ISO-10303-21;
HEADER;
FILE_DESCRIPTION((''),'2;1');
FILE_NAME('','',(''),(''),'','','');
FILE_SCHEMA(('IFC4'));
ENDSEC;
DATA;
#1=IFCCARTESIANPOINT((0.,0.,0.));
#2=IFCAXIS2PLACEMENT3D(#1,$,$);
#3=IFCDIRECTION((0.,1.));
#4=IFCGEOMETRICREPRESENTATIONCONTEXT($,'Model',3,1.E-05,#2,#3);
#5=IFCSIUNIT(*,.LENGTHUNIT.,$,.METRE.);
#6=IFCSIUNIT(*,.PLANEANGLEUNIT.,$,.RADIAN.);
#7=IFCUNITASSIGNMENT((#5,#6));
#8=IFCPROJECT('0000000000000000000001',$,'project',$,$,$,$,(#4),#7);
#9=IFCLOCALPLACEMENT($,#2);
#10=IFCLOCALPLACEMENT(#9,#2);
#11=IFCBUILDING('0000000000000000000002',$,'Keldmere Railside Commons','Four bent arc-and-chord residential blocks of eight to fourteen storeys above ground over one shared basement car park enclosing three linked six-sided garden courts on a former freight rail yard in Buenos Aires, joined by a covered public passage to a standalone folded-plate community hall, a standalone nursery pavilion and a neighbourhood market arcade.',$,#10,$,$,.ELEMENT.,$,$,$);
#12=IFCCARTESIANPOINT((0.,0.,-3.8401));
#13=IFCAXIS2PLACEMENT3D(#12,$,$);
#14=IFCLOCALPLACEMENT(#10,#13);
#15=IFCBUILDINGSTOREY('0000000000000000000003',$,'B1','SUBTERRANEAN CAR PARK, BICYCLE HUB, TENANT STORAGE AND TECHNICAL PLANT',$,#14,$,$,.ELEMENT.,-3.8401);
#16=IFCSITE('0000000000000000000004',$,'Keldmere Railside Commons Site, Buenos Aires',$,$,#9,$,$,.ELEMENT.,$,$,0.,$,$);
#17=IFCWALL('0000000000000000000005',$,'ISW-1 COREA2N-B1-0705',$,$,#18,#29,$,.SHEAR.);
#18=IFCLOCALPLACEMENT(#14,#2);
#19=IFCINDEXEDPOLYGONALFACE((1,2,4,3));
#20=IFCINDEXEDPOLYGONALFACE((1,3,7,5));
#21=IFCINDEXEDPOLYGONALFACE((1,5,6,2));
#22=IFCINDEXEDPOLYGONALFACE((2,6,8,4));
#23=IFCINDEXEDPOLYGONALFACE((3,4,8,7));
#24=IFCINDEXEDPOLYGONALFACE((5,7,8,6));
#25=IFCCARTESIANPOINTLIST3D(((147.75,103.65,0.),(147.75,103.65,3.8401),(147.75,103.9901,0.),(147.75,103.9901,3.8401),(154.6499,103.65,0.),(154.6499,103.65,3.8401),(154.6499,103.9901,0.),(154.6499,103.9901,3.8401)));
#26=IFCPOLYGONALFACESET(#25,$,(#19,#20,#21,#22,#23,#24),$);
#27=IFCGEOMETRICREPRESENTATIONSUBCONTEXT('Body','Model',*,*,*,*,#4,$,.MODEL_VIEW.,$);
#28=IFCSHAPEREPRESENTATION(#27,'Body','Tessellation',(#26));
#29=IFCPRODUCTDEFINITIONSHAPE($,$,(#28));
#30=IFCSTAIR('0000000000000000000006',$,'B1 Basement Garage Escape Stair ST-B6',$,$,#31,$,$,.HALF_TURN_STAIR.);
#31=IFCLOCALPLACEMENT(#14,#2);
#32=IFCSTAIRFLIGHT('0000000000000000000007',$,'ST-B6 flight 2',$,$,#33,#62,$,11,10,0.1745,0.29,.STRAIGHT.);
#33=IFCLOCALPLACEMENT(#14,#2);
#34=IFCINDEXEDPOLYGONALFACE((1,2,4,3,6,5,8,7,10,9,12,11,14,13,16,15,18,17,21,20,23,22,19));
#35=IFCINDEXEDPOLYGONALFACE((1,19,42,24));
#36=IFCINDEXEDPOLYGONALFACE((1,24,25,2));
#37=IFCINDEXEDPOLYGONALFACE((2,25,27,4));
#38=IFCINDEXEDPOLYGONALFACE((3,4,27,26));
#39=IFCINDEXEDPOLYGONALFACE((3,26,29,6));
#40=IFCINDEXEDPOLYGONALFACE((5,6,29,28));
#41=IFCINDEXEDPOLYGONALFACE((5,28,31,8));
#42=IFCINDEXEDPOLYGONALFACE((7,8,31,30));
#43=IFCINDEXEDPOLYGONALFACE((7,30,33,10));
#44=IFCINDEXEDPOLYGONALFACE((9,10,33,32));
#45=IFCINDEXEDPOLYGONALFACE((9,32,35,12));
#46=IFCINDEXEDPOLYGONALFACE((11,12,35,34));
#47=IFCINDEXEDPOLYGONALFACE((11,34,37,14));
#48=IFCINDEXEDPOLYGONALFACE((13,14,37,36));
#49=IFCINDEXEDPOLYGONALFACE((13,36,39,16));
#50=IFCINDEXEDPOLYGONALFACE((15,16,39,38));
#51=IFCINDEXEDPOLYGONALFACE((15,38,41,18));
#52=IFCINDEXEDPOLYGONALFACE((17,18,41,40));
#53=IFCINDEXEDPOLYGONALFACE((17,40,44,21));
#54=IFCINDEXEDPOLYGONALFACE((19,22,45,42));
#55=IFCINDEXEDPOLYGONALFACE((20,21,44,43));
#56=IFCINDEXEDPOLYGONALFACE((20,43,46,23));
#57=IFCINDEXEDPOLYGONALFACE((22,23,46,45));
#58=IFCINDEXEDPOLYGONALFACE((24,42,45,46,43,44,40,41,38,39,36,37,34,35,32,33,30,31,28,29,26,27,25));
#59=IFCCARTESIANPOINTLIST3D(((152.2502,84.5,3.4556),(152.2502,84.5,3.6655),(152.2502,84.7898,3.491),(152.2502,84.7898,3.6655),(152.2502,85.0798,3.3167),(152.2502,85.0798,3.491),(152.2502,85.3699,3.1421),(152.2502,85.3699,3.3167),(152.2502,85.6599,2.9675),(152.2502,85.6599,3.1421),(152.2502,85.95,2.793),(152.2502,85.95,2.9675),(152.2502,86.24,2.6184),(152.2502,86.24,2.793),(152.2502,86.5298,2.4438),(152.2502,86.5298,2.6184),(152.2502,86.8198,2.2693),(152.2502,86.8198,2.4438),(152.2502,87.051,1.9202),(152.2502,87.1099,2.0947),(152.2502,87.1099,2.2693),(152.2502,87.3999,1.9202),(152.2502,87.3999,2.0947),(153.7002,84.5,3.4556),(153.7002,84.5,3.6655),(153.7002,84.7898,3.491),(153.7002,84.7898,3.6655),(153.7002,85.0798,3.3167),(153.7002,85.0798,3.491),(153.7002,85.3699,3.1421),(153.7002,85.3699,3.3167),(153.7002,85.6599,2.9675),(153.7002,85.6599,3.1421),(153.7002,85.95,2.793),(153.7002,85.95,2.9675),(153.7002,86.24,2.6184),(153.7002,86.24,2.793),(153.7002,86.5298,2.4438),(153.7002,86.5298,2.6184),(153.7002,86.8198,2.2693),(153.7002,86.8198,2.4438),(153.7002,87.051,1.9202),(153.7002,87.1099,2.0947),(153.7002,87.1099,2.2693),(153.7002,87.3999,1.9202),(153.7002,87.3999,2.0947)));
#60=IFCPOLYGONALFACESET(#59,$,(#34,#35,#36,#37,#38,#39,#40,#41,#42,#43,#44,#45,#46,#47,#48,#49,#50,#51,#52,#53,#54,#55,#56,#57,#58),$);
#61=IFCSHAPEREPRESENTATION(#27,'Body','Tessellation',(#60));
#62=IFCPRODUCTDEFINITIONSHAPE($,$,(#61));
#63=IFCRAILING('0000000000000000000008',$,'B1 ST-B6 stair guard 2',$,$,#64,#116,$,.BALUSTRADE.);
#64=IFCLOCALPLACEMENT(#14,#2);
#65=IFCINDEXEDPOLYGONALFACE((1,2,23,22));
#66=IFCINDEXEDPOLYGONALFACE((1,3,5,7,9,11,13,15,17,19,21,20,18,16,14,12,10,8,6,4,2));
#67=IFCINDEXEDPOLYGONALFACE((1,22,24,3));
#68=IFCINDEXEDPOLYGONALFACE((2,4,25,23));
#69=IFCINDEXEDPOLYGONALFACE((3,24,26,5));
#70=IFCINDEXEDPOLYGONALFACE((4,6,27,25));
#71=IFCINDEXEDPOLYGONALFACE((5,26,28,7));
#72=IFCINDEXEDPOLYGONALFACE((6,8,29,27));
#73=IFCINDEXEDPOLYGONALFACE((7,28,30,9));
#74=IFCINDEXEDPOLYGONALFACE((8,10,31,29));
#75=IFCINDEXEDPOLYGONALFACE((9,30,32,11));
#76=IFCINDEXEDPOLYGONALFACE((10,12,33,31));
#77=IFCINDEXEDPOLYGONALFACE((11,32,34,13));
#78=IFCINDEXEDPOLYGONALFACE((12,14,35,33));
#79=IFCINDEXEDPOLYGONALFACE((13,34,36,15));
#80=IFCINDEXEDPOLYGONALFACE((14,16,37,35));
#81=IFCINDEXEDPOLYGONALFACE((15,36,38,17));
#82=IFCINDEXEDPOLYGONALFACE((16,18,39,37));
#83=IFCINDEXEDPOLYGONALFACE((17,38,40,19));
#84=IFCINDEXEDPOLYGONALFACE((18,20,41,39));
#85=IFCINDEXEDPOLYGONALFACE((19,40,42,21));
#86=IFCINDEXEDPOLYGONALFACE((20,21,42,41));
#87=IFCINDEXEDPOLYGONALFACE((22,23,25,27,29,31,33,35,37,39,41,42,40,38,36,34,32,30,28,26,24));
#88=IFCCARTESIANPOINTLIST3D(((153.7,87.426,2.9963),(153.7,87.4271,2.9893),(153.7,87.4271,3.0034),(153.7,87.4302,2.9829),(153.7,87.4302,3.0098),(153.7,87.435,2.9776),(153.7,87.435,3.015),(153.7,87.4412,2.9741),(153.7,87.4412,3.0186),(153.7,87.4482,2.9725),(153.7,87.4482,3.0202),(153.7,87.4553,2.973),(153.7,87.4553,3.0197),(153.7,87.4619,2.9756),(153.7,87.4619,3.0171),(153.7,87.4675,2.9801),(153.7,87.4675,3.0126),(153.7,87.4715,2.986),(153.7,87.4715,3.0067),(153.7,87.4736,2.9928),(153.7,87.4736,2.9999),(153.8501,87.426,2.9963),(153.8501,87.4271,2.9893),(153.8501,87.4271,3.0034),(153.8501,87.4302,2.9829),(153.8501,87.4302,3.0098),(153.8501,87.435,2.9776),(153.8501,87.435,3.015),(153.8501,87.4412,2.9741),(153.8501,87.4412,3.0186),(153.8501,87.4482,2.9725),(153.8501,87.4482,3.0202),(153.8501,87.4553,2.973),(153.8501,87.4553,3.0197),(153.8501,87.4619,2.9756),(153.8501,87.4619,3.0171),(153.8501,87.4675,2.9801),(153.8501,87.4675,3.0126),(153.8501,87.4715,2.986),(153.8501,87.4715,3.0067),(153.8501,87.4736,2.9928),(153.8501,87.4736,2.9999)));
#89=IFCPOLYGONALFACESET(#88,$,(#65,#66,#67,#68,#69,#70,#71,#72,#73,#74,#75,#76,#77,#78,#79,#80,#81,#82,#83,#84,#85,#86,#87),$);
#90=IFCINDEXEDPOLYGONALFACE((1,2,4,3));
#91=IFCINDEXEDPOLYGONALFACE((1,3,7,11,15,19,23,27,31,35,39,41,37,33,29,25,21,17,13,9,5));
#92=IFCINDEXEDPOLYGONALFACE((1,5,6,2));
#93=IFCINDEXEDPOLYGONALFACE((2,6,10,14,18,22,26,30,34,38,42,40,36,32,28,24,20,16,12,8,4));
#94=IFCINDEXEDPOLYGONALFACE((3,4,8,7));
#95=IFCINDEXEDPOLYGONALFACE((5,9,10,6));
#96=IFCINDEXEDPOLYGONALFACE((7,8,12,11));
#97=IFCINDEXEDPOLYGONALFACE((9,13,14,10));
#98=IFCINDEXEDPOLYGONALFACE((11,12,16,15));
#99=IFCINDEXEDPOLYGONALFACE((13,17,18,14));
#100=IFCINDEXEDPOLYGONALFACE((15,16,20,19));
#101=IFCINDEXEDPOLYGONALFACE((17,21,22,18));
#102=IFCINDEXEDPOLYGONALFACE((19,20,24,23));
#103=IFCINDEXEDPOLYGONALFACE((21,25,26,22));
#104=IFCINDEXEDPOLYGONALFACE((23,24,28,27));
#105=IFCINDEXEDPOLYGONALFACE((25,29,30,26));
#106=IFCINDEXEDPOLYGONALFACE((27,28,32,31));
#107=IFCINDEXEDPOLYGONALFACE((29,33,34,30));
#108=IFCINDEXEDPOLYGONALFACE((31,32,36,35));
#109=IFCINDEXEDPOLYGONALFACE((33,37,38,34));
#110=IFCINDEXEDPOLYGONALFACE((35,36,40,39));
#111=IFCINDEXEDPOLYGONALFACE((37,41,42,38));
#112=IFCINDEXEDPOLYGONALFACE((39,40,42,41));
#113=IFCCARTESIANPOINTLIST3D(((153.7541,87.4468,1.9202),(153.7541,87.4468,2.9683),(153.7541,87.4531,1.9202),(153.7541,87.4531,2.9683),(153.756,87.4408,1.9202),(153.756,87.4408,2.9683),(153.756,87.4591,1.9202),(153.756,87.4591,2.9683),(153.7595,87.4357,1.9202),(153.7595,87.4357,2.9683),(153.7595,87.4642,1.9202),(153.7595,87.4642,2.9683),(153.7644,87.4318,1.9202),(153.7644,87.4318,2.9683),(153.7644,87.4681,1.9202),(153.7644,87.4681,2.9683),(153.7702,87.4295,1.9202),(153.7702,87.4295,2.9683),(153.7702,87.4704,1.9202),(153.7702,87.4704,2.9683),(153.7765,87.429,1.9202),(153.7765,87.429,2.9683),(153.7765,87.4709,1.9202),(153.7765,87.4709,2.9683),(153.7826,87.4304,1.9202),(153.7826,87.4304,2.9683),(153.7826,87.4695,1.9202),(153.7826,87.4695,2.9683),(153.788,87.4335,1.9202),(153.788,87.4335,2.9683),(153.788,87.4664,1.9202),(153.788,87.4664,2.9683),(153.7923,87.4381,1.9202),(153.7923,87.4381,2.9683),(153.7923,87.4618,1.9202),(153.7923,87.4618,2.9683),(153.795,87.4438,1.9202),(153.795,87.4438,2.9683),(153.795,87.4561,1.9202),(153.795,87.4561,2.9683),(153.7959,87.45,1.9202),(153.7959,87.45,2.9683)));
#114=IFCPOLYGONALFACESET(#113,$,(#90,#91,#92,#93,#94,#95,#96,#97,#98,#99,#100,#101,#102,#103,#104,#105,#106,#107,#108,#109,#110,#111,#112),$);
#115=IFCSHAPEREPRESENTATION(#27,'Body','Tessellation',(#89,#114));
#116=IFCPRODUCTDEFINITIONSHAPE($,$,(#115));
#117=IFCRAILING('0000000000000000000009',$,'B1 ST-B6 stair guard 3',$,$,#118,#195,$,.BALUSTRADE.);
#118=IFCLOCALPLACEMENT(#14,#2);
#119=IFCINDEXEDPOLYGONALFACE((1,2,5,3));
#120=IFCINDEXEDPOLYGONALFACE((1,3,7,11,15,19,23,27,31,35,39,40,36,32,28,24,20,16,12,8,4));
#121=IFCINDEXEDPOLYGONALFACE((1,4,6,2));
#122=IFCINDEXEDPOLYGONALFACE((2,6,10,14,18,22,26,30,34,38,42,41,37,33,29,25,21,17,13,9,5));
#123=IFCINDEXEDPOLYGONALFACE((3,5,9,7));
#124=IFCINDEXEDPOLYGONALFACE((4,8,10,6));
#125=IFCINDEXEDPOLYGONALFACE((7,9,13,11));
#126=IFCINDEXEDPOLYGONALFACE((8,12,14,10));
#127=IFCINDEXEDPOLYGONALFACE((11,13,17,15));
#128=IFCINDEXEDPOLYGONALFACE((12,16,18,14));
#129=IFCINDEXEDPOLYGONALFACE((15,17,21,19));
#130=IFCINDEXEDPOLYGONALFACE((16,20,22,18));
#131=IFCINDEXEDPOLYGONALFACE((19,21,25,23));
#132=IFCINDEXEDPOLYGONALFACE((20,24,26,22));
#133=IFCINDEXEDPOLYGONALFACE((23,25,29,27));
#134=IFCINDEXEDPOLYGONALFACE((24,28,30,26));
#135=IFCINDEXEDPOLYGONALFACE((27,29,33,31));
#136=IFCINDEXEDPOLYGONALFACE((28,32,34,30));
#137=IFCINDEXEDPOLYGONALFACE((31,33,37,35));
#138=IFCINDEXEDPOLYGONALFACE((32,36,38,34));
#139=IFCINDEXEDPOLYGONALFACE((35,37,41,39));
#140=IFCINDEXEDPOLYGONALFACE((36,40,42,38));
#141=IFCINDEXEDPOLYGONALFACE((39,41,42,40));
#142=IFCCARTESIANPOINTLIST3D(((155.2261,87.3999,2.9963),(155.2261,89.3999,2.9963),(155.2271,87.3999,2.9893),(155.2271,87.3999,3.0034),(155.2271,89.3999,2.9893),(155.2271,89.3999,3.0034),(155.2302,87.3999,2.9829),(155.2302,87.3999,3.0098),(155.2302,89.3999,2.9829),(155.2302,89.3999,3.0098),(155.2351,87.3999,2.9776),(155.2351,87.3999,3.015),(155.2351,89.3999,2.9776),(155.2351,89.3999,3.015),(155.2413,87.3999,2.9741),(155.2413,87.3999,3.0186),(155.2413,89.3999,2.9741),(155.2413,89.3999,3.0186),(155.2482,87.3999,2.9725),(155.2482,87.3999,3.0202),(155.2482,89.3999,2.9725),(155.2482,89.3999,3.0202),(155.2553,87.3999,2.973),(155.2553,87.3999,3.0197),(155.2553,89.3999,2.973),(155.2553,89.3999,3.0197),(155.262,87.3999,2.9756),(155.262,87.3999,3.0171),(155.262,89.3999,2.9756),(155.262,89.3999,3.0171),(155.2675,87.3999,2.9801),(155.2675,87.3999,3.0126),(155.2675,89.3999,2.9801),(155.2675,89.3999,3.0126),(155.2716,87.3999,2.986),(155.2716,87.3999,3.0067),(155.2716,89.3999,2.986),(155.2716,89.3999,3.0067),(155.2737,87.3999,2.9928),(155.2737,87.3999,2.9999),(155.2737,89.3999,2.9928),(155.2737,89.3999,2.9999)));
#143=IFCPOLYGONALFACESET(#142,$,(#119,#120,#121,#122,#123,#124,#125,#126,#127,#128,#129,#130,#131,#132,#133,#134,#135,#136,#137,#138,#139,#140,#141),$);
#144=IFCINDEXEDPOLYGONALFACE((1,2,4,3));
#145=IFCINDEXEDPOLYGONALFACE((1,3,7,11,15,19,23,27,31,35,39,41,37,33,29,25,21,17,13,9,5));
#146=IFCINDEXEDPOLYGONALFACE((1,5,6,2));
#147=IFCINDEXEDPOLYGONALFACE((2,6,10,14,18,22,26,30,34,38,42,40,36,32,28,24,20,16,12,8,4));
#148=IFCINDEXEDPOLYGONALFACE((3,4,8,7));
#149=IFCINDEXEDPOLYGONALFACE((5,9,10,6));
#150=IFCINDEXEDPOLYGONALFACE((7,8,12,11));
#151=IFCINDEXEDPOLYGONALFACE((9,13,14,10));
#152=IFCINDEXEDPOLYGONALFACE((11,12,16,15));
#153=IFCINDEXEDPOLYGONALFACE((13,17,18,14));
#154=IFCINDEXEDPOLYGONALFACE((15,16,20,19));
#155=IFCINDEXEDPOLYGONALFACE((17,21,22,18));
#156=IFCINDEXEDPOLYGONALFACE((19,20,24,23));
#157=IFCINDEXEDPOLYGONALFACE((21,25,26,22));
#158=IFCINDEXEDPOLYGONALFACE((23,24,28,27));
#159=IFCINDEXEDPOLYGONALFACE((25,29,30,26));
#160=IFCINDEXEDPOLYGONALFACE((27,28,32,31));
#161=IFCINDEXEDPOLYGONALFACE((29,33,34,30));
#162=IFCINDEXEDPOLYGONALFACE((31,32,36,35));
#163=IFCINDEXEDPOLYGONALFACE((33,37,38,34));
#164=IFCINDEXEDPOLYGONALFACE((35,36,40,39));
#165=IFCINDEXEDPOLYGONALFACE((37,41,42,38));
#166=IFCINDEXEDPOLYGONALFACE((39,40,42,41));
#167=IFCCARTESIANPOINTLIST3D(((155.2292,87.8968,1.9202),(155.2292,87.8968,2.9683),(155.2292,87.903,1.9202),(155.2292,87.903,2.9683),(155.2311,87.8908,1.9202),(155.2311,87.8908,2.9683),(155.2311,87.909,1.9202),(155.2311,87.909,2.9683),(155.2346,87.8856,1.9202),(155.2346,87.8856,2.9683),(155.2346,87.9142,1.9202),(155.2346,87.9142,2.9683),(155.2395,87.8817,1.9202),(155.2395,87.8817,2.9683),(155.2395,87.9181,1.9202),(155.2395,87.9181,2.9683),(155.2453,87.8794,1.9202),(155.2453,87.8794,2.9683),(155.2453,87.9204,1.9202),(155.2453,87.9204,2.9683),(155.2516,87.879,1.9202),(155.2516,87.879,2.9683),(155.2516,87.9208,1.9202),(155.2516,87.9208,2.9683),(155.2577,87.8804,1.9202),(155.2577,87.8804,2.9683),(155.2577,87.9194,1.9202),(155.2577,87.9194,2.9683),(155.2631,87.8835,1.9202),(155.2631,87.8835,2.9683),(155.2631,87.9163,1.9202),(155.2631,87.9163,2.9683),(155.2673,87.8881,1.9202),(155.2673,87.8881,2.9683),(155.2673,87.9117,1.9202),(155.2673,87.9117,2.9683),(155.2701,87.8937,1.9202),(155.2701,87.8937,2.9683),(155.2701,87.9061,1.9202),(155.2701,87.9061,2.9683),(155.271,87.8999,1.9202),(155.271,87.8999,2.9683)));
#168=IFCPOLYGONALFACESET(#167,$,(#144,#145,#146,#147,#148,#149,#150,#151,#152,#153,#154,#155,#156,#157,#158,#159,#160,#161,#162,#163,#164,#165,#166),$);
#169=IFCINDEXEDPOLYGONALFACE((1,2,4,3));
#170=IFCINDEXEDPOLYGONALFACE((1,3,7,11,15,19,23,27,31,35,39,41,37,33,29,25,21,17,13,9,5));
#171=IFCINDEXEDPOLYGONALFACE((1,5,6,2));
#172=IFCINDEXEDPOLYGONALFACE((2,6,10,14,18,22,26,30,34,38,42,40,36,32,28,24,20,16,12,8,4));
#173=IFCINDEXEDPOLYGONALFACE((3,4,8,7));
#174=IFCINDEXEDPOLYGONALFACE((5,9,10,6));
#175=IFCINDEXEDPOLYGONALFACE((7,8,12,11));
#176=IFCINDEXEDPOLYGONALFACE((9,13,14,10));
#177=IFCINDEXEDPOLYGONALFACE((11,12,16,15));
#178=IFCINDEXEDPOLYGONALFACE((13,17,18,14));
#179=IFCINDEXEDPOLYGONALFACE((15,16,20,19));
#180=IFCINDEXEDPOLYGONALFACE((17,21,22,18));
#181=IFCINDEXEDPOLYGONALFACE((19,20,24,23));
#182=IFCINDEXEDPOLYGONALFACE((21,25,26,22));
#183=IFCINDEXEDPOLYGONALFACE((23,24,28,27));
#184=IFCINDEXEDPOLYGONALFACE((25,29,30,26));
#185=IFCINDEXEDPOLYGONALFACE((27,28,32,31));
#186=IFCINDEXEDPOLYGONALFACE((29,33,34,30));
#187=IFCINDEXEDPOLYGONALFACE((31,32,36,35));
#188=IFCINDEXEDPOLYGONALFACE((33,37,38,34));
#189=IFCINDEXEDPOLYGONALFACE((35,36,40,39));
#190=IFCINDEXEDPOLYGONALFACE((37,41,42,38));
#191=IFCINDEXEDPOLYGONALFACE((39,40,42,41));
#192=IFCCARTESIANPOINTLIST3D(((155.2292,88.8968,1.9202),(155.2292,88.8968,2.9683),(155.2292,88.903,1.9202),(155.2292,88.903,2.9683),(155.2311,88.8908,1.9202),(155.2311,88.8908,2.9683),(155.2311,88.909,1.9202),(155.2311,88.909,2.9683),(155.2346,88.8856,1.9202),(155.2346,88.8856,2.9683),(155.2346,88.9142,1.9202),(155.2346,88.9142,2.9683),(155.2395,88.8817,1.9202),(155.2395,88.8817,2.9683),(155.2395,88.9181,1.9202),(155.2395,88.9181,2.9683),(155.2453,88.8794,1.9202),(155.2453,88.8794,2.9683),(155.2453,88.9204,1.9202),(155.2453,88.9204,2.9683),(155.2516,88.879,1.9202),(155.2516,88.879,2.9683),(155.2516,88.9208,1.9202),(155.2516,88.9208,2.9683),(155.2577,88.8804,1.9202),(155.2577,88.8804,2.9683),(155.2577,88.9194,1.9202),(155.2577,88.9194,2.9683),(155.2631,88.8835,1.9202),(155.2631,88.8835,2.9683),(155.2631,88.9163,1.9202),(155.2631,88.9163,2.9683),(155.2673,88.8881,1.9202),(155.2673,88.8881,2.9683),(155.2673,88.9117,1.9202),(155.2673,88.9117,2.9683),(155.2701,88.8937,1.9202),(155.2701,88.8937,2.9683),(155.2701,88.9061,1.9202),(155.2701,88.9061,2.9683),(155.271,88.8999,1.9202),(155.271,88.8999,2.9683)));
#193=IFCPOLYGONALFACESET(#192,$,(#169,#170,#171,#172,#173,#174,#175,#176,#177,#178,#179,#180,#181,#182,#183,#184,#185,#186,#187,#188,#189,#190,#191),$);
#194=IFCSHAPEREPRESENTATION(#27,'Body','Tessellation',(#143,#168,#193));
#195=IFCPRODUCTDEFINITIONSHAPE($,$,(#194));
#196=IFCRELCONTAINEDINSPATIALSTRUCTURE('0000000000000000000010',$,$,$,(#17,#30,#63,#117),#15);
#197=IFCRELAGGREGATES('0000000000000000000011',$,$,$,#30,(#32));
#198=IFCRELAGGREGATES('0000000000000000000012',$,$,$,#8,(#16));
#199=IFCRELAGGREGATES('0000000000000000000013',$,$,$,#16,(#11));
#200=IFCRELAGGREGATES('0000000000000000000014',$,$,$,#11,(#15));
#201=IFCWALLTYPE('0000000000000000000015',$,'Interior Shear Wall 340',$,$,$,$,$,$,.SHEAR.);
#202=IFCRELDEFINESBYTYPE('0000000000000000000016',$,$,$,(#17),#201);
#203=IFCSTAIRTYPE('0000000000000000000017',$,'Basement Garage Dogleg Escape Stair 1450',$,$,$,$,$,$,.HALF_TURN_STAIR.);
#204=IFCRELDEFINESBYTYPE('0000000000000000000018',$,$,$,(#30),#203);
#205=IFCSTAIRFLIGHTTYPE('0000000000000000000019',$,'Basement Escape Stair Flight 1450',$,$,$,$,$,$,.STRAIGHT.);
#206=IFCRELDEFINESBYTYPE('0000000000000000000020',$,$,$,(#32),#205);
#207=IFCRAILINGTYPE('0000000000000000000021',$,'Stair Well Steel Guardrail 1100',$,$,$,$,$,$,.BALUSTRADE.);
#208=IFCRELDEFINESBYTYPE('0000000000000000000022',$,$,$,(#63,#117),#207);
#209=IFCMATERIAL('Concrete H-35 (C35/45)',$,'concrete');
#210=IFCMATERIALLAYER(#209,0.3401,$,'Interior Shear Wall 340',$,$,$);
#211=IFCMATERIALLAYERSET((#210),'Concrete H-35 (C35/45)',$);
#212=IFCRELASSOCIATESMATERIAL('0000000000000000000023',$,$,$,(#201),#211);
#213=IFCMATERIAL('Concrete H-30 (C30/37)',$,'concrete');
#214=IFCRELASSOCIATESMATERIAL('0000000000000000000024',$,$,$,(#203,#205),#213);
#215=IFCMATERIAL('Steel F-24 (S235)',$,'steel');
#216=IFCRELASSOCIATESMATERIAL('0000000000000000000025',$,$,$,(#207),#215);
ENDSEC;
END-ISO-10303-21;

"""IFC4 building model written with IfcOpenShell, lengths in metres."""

from ifc_helpers import new_model, si_unit, direction, frame, frame_2d, origin, origin_2d, place, context, subcontext, project, spatial, polyline, rectangle, circle, outline, extrude, material, layer, layer_set, type_object, element, aggregate, save


model = new_model("IFC4")

# Units and contexts
model_context = context("Model", 3, precision=1e-05, world=origin(), true_north=direction((0.0, 1.0)))
body_context = subcontext(model_context, "Body", "Model", "MODEL_VIEW")
ifc_project = project(units=[si_unit("LENGTHUNIT", "METRE"), si_unit("PLANEANGLEUNIT", "RADIAN")], contexts=[model_context])

# Site, building, storey
site_placement = place(None, origin())
site = spatial("IfcSite", under=ifc_project, at=site_placement, Name="Keldmere Railside Commons Site, Buenos Aires", CompositionType="ELEMENT", RefElevation=0.0)
building_placement = place(site_placement, origin())
building = spatial("IfcBuilding", under=site, at=building_placement, Name="Keldmere Railside Commons", Description="Four bent arc-and-chord residential blocks of eight to fourteen storeys above ground over one shared basement car park enclosing three linked six-sided garden courts on a former freight rail yard in Buenos Aires, joined by a covered public passage to a standalone folded-plate community hall, a standalone nursery pavilion and a neighbourhood market arcade.", CompositionType="ELEMENT")
storey_placement = place(building_placement, frame((0.0, 0.0, -3.8401)))
storey = spatial("IfcBuildingStorey", under=building, at=storey_placement, Name="B1", Description="SUBTERRANEAN CAR PARK, BICYCLE HUB, TENANT STORAGE AND TECHNICAL PLANT", CompositionType="ELEMENT", Elevation=-3.8401)

# Shared definitions
ifc_material_1 = material(Name="Concrete H-30 (C30/37)", Category="concrete")

# Wall
ifc_material_2 = material(Name="Concrete H-35 (C35/45)", Category="concrete")
ifc_layer_1 = layer(ifc_material_2, 0.3401, Name="Interior Shear Wall 340")
ifc_layer_set_1 = layer_set([ifc_layer_1], Name="Concrete H-35 (C35/45)")
wall_type_1 = type_object("IfcWallType", Name="Interior Shear Wall 340", PredefinedType="SHEAR", material=ifc_layer_set_1)
for number, where, z_axis, x_axis, name in (
    (1, (154.6499, 103.8201, 0.0), (0.0, 0.0, 1.0), (-1.0, 0.0, 0.0), "ISW-1 COREA2N-B1-0705"),
):
    element("IfcWall", number, at=place(storey_placement, frame(where, z_axis=z_axis, x_axis=x_axis)), inside=storey, type_object=wall_type_1, Name=name, PredefinedType="SHEAR", context=body_context, shape_type="SweptSolid", body=[
        extrude(rectangle(XDim=6.8999, YDim=0.3401, at=frame_2d((3.45, 0.0))), origin(), (0.0, 0.0, 1.0), 3.8401),
    ])

# Stair, stair flight
stair_type = type_object("IfcStairType", Name="Basement Garage Dogleg Escape Stair 1450", PredefinedType="HALF_TURN_STAIR", material=ifc_material_1)
stair_placement = place(storey_placement, origin())
stair = element("IfcStair", 2, at=stair_placement, inside=storey, type_object=stair_type, Name="B1 Basement Garage Escape Stair ST-B6", PredefinedType="HALF_TURN_STAIR")
stair_flight_type = type_object("IfcStairFlightType", Name="Basement Escape Stair Flight 1450", PredefinedType="STRAIGHT", material=ifc_material_1)
stair_flight_placement = place(storey_placement, frame((152.9751, 87.3999, 1.9202), z_axis=(0.0, 0.0, 1.0), x_axis=(0.0, -1.0, 0.0)))
stair_flight = element("IfcStairFlight", 3, at=stair_flight_placement, type_object=stair_flight_type, Name="ST-B6 flight 2", NumberOfRisers=11, NumberOfTreads=10, PredefinedType="STRAIGHT", RiserHeight=0.1745, TreadLength=0.29, context=body_context, shape_type="SweptSolid", body=[
    extrude(outline(polyline([(0.0, 0.0), (0.0, 0.1746), (0.29, 0.1746), (0.29, 0.3491), (0.5801, 0.3491), (0.5801, 0.5237), (0.8701, 0.5237), (0.8701, 0.6982), (1.1599, 0.6982), (1.1599, 0.8728), (1.45, 0.8728), (1.45, 1.0474), (1.74, 1.0474), (1.74, 1.2219), (2.03, 1.2219), (2.03, 1.3965), (2.3201, 1.3965), (2.3201, 1.5708), (2.6101, 1.5708), (2.6101, 1.7454), (2.8999, 1.7454), (2.8999, 1.9199), (2.8999, 1.5354), (0.3489, 0.0), (0.0, 0.0)])), frame((0.0, 0.7251, 0.0), z_axis=(0.0, -1.0, 0.0), x_axis=(1.0, 0.0, 0.0)), (0.0, 0.0, 1.0), 1.45),
])
aggregate(stair, [stair_flight])

# Railings
ifc_material_3 = material(Name="Steel F-24 (S235)", Category="steel")
railing_type_1 = type_object("IfcRailingType", Name="Stair Well Steel Guardrail 1100", PredefinedType="BALUSTRADE", material=ifc_material_3)
railing_1_placement = place(storey_placement, frame((153.8501, 87.45, 1.9202)))
element("IfcRailing", 4, at=railing_1_placement, inside=storey, type_object=railing_type_1, Name="B1 ST-B6 stair guard 2", PredefinedType="BALUSTRADE", context=body_context, shape_type="SweptSolid", body=[
    extrude(circle(Radius=0.0239, at=origin_2d()), frame((0.0, 0.0, 1.0762), z_axis=(-1.0, 0.0, 0.0), x_axis=(0.0, -1.0, 0.0)), (0.0, 0.0, 1.0), 0.1501),
    extrude(circle(Radius=0.021, at=origin_2d()), frame((-0.0752, 0.0, 0.0)), (0.0, 0.0, 1.0), 1.0481),
])
for number, where, name in (
    (5, (155.25, 87.3999, 1.9202), "B1 ST-B6 stair guard 3"),
):
    element("IfcRailing", number, at=place(storey_placement, frame(where)), inside=storey, type_object=railing_type_1, Name=name, PredefinedType="BALUSTRADE", context=body_context, shape_type="SweptSolid", body=[
        extrude(circle(Radius=0.0239, at=origin_2d()), frame((0.0, 0.0, 1.0762), z_axis=(0.0, 1.0, 0.0), x_axis=(-1.0, 0.0, 0.0)), (0.0, 0.0, 1.0), 2.0),
        extrude(circle(Radius=0.021, at=origin_2d()), frame((0.0, 0.5, 0.0)), (0.0, 0.0, 1.0), 1.0481),
        extrude(circle(Radius=0.021, at=origin_2d()), frame((0.0, 1.5, 0.0)), (0.0, 0.0, 1.0), 1.0481),
    ])

save(model, "model.ifc")
